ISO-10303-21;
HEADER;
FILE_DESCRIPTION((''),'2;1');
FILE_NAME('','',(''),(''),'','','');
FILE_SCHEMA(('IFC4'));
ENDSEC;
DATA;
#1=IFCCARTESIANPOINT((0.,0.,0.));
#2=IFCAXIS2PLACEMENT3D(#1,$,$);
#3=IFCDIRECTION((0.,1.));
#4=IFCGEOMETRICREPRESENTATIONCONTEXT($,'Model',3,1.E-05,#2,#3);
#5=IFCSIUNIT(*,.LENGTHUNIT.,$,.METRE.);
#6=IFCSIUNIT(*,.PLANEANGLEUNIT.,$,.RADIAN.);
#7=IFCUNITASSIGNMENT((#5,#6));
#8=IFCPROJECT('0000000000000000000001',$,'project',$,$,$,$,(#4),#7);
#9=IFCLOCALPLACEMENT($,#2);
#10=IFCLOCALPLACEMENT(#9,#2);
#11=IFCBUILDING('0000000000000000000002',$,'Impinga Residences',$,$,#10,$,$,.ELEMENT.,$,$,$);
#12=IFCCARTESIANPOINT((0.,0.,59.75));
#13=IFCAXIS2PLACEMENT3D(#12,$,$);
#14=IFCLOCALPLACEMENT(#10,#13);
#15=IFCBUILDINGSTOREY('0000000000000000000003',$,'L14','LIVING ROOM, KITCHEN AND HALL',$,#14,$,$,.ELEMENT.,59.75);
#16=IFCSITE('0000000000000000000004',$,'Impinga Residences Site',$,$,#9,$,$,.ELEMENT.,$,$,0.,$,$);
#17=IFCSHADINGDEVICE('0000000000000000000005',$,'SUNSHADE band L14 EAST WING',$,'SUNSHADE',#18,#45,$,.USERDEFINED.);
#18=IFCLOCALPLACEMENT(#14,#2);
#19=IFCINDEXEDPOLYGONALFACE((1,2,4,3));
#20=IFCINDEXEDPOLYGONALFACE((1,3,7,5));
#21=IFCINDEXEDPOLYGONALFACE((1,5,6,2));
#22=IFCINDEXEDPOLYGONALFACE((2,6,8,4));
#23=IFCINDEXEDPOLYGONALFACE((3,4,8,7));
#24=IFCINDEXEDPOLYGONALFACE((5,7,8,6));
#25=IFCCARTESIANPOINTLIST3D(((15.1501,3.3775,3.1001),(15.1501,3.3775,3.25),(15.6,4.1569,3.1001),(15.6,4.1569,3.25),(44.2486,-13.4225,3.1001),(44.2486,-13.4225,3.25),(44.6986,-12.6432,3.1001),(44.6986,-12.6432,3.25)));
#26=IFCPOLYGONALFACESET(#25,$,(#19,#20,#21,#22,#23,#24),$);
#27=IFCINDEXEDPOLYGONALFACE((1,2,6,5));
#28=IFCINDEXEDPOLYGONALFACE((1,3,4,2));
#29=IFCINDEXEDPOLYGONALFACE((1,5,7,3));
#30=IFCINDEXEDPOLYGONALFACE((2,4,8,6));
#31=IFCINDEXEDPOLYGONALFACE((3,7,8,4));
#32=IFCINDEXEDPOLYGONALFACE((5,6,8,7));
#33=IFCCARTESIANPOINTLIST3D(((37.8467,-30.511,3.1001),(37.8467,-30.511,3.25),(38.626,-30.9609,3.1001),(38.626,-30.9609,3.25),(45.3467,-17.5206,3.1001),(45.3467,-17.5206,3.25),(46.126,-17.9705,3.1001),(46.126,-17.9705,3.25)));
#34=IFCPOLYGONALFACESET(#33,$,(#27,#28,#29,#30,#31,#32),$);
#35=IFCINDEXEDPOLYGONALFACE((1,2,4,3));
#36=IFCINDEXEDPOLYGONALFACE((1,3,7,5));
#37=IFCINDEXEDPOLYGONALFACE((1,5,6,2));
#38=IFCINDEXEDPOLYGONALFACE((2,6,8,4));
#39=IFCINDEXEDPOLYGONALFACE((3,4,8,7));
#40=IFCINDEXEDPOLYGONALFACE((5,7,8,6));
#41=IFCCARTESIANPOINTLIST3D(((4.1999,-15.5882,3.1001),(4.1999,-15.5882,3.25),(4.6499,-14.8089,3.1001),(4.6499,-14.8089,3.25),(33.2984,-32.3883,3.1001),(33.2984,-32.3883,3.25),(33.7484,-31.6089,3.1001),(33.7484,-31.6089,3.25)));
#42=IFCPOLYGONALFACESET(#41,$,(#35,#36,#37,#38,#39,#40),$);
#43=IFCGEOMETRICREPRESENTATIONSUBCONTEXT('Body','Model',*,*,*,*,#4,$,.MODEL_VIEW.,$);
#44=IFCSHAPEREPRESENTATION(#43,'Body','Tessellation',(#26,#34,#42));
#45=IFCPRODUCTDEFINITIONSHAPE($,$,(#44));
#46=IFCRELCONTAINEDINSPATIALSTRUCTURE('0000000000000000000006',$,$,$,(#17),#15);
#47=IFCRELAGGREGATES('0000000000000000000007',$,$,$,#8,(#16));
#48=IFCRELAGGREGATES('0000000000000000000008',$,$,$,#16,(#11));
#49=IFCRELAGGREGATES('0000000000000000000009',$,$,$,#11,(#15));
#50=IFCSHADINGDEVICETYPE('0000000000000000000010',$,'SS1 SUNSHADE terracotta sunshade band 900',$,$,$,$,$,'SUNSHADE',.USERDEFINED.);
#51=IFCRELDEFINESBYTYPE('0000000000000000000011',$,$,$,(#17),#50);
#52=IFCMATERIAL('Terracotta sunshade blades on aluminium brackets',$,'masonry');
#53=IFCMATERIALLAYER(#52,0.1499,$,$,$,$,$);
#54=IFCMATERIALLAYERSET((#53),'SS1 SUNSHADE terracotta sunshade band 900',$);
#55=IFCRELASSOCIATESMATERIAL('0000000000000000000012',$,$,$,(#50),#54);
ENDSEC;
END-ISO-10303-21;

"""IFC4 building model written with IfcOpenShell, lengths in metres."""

from ifc_helpers import new_model, si_unit, direction, frame, origin, origin_2d, place, context, subcontext, project, spatial, rectangle, extrude, material, layer, layer_set, type_object, element, save


model = new_model("IFC4")

# Units and contexts
model_context = context("Model", 3, precision=1e-05, world=origin(), true_north=direction((0.0, 1.0)))
body_context = subcontext(model_context, "Body", "Model", "MODEL_VIEW")
ifc_project = project(units=[si_unit("LENGTHUNIT", "METRE"), si_unit("PLANEANGLEUNIT", "RADIAN")], contexts=[model_context])

# Site, building, storey
site_placement = place(None, origin())
site = spatial("IfcSite", under=ifc_project, at=site_placement, Name="Impinga Residences Site", CompositionType="ELEMENT", RefElevation=0.0)
building_placement = place(site_placement, origin())
building = spatial("IfcBuilding", under=site, at=building_placement, Name="Impinga Residences", CompositionType="ELEMENT")
storey_placement = place(building_placement, frame((0.0, 0.0, 59.75)))
storey = spatial("IfcBuildingStorey", under=building, at=storey_placement, Name="L14", Description="LIVING ROOM, KITCHEN AND HALL", CompositionType="ELEMENT", Elevation=59.75)

# Shading device
ifc_material_1 = material(Name="Terracotta sunshade blades on aluminium brackets", Category="masonry")
ifc_layer_1 = layer(ifc_material_1, 0.1499)
ifc_layer_set_1 = layer_set([ifc_layer_1], Name="SS1 SUNSHADE terracotta sunshade band 900")
shading_device_type = type_object("IfcShadingDeviceType", Name="SS1 SUNSHADE terracotta sunshade band 900", ElementType="SUNSHADE", PredefinedType="USERDEFINED", material=ifc_layer_set_1)
shading_device_placement = place(storey_placement, frame((29.9243, -4.6328, 3.1001), z_axis=(0.0, 0.0, 1.0), x_axis=(0.866025, -0.5, 0.0)))
element("IfcShadingDevice", 1, at=shading_device_placement, inside=storey, type_object=shading_device_type, Name="SUNSHADE band L14 EAST WING", ObjectType="SUNSHADE", PredefinedType="USERDEFINED", context=body_context, shape_type="SweptSolid", body=[
    extrude(rectangle(XDim=33.6001, YDim=0.8999, at=origin_2d()), origin(), (0.0, 0.0, 1.0), 0.1499),
    extrude(rectangle(XDim=15.0, YDim=0.8999, at=origin_2d()), frame((20.25, -10.95, 0.0), z_axis=(0.0, 0.0, 1.0), x_axis=(0.0, -1.0, 0.0)), (0.0, 0.0, 1.0), 0.1499),
    extrude(rectangle(XDim=33.6001, YDim=0.8999, at=origin_2d()), frame((-0.0002, -21.8999, 0.0), z_axis=(0.0, 0.0, 1.0), x_axis=(-1.0, 0.0, 0.0)), (0.0, 0.0, 1.0), 0.1499),
])

save(model, "model.ifc")
